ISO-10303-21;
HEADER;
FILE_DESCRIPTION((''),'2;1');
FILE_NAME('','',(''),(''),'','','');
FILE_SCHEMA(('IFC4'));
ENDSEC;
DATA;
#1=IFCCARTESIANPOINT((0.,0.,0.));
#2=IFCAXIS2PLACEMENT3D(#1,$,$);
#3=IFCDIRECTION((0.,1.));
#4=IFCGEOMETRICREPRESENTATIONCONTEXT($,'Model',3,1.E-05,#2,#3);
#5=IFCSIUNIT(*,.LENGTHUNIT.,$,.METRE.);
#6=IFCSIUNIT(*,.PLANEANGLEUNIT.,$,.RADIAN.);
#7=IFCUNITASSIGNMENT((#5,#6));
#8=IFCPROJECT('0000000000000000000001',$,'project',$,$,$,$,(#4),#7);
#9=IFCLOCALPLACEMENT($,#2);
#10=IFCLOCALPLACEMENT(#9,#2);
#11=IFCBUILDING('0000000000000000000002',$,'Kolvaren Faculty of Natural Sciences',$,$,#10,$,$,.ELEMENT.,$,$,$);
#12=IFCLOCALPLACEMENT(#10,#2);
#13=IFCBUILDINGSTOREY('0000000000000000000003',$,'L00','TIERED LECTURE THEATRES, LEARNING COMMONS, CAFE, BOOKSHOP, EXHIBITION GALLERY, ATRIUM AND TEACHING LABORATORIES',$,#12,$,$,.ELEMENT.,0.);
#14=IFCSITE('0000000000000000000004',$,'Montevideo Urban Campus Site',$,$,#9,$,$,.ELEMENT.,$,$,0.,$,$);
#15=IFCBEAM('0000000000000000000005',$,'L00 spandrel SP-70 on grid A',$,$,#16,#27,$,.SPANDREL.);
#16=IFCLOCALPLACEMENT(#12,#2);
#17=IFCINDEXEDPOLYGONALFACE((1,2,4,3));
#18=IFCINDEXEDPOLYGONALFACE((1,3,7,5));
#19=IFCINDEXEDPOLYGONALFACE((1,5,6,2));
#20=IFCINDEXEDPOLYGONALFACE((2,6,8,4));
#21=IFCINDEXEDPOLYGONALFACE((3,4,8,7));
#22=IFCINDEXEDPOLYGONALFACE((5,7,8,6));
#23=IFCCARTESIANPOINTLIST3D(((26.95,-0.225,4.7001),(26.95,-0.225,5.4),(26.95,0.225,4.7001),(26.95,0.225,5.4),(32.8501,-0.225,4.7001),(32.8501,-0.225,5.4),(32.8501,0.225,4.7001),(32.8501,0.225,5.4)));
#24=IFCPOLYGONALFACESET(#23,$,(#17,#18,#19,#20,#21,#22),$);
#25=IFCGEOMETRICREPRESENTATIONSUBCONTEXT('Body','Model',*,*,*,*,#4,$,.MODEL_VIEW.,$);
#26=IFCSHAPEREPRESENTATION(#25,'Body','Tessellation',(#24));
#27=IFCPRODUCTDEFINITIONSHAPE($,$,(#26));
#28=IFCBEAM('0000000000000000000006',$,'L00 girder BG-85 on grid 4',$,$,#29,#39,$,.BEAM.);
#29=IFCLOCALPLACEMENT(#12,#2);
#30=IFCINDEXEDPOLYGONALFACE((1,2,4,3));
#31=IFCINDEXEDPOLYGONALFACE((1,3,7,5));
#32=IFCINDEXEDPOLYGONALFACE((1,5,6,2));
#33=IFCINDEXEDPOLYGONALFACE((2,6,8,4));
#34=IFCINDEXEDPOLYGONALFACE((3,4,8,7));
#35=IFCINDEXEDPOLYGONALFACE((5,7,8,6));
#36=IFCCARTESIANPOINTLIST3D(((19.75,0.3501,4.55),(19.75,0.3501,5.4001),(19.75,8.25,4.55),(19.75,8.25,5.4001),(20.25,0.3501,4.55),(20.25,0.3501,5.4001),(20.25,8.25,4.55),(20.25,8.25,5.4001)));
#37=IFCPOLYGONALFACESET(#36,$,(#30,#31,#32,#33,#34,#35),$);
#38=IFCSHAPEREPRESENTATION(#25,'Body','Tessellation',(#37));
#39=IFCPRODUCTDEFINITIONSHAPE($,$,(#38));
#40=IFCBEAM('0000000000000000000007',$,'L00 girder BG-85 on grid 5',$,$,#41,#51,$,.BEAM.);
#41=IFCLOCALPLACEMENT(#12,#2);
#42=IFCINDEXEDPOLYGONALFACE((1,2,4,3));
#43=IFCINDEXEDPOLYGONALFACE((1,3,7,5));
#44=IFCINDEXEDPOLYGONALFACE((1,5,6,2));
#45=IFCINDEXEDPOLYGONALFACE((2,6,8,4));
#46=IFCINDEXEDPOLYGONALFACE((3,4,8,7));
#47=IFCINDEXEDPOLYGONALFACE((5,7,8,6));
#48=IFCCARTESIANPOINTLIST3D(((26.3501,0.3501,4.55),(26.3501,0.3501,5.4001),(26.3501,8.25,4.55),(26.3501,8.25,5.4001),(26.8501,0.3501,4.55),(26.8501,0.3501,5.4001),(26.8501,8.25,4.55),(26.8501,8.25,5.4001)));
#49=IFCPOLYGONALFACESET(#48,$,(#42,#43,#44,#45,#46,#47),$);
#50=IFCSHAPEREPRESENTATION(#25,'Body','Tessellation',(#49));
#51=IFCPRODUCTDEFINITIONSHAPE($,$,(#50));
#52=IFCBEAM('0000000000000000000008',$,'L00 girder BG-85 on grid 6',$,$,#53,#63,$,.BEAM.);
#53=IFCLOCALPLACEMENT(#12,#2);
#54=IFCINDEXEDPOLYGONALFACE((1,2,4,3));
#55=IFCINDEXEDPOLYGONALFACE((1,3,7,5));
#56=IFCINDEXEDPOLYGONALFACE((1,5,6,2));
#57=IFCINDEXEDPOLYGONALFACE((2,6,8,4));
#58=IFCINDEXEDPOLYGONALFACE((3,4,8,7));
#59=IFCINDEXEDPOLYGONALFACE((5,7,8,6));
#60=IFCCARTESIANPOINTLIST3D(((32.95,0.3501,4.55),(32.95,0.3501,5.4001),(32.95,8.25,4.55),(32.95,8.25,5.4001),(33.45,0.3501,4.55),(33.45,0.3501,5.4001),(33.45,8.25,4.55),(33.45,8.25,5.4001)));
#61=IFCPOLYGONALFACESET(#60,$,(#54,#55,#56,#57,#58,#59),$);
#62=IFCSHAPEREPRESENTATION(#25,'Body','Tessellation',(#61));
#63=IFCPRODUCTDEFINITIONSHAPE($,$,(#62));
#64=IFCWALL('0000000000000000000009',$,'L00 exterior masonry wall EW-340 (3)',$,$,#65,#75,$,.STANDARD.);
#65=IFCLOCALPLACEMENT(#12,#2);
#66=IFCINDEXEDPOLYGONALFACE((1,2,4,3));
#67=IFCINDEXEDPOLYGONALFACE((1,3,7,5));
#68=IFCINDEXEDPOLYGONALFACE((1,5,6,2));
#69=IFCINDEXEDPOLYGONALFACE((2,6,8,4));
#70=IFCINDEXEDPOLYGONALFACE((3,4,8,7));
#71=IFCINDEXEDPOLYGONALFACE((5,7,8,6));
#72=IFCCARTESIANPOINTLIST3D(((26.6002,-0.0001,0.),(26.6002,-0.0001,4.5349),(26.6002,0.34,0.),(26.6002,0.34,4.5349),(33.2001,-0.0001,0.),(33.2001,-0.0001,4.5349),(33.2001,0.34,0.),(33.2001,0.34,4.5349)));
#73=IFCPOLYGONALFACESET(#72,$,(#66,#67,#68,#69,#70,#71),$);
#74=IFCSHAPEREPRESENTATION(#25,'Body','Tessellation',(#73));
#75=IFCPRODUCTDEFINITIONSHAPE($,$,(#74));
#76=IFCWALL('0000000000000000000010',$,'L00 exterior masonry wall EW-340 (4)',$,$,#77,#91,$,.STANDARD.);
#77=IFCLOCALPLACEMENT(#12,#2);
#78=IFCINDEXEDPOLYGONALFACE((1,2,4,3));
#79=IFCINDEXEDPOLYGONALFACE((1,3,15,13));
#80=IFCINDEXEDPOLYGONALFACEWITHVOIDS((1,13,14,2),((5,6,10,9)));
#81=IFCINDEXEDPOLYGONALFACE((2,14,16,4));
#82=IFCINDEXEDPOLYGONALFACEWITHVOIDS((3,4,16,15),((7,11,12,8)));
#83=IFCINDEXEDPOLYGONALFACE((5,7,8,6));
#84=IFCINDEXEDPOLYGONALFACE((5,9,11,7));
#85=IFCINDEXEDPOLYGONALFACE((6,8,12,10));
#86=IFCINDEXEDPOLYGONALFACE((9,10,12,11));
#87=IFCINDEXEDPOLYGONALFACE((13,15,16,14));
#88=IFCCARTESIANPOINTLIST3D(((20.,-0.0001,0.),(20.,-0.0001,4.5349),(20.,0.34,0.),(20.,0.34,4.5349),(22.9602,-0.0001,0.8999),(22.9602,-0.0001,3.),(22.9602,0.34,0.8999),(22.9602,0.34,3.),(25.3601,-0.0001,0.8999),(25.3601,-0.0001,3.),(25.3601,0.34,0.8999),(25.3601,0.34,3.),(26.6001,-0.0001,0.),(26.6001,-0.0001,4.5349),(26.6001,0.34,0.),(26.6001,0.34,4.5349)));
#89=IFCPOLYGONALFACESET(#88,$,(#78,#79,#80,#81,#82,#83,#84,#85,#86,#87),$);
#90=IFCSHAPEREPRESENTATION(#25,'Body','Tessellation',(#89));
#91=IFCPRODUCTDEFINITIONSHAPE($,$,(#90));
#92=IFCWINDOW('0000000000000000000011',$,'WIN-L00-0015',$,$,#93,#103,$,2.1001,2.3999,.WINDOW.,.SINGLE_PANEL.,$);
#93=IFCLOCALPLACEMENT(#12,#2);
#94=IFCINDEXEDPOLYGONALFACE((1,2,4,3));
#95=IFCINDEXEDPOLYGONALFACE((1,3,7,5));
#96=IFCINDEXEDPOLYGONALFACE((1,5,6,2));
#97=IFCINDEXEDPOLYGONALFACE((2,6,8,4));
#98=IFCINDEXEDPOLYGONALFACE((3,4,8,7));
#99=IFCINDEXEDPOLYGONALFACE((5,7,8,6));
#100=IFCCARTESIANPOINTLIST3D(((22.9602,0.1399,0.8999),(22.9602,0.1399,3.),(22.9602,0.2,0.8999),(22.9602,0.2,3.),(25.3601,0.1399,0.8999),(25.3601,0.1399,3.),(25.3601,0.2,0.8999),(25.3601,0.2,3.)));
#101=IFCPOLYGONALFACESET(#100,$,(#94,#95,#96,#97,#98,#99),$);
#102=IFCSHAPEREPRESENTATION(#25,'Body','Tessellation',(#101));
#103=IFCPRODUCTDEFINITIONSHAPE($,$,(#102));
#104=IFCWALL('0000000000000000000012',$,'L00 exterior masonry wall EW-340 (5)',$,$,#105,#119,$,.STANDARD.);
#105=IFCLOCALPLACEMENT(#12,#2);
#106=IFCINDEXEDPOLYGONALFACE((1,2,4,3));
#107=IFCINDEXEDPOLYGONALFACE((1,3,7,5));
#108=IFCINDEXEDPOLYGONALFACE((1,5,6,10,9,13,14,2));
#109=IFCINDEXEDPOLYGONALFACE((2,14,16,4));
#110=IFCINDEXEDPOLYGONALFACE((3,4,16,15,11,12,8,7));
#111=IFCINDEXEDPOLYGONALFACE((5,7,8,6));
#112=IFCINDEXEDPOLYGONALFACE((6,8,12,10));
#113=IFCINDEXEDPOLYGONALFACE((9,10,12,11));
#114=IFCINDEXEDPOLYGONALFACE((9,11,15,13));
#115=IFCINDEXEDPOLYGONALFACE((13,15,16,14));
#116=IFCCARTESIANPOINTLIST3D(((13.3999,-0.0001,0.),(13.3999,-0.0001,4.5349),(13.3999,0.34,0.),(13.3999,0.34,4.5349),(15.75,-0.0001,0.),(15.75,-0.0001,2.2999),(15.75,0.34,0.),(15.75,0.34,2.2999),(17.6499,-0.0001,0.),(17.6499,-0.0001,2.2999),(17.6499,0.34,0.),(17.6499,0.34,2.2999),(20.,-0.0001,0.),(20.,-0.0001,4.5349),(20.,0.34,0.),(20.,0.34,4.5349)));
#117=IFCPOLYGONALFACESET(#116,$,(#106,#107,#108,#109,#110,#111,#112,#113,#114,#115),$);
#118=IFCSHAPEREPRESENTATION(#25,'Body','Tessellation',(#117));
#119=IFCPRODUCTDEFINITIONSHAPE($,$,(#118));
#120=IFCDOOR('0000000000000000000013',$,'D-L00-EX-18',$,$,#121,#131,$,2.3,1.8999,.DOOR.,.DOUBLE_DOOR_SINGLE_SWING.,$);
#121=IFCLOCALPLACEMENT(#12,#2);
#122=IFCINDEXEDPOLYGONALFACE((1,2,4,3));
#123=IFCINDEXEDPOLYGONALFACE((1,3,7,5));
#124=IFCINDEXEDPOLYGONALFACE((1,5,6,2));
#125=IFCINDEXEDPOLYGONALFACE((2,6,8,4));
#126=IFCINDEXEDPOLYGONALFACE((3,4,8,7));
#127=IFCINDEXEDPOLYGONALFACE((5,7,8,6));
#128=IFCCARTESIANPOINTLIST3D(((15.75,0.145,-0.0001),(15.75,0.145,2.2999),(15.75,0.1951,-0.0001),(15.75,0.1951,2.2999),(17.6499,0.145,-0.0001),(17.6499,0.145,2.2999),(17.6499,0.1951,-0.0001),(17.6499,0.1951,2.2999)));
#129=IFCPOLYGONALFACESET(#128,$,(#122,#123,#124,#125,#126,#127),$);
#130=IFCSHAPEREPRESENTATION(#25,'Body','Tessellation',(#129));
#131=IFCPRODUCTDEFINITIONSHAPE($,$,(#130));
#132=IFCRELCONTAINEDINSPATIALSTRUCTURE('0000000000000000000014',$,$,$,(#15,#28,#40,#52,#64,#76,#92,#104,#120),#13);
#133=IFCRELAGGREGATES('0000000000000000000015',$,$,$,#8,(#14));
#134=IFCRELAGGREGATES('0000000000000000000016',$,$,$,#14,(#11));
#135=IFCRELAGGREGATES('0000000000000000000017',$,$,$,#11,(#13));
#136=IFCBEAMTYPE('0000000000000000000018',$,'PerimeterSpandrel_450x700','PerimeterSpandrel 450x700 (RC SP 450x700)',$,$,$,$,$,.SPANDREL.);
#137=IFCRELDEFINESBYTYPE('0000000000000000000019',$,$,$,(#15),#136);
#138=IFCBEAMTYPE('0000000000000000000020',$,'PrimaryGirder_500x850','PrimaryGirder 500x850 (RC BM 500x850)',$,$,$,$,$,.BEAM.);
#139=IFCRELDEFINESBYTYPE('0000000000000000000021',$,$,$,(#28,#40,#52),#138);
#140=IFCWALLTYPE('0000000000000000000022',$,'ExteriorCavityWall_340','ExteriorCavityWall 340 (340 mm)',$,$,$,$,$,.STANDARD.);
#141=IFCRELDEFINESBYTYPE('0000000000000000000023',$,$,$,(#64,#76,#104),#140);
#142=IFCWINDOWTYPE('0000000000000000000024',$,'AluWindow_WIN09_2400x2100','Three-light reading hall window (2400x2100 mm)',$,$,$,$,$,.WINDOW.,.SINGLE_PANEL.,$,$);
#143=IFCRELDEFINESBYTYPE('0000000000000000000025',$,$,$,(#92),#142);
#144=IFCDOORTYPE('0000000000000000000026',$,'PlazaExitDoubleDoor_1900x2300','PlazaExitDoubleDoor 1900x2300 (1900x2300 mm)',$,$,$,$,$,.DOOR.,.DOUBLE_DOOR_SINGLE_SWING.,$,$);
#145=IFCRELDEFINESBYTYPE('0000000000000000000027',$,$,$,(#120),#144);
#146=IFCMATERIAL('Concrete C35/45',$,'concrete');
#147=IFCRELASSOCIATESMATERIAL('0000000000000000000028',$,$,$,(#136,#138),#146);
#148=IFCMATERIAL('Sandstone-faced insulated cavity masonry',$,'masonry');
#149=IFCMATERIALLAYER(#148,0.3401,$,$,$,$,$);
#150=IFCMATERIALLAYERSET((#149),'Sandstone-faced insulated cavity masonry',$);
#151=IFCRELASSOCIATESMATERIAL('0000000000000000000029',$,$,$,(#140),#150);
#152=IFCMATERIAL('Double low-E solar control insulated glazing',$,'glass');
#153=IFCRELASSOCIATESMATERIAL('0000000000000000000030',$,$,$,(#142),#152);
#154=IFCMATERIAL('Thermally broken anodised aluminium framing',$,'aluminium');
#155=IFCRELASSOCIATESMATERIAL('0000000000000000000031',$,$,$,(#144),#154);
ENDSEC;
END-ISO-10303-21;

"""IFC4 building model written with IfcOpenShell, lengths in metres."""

from ifc_helpers import new_model, si_unit, direction, frame, frame_2d, origin, origin_2d, place, context, subcontext, project, spatial, rectangle, extrude, material, layer, layer_set, material_profile, profile_set, type_object, element, fill, save


model = new_model("IFC4")

# Units and contexts
model_context = context("Model", 3, precision=1e-05, world=origin(), true_north=direction((0.0, 1.0)))
body_context = subcontext(model_context, "Body", "Model", "MODEL_VIEW")
ifc_project = project(units=[si_unit("LENGTHUNIT", "METRE"), si_unit("PLANEANGLEUNIT", "RADIAN")], contexts=[model_context])

# Site, building, storey
site_placement = place(None, origin())
site = spatial("IfcSite", under=ifc_project, at=site_placement, Name="Montevideo Urban Campus Site", CompositionType="ELEMENT", RefElevation=0.0)
building_placement = place(site_placement, origin())
building = spatial("IfcBuilding", under=site, at=building_placement, Name="Kolvaren Faculty of Natural Sciences", CompositionType="ELEMENT")
storey_placement = place(building_placement, origin())
storey = spatial("IfcBuildingStorey", under=building, at=storey_placement, Name="L00", Description="TIERED LECTURE THEATRES, LEARNING COMMONS, CAFE, BOOKSHOP, EXHIBITION GALLERY, ATRIUM AND TEACHING LABORATORIES", CompositionType="ELEMENT", Elevation=0.0)

# Shared definitions
ifc_material_1 = material(Name="Concrete C35/45", Category="concrete")

# Beams
ifc_material_profile_1 = material_profile(ifc_material_1, rectangle(XDim=0.45, YDim=0.7, at=origin_2d()), Name="RC SP 450x700")
ifc_profile_set_1 = profile_set([ifc_material_profile_1], Name="Concrete C35/45")
beam_type_1 = type_object("IfcBeamType", Name="PerimeterSpandrel_450x700", Description="PerimeterSpandrel 450x700 (RC SP 450x700)", PredefinedType="SPANDREL", material=ifc_profile_set_1)
beam_1_placement = place(storey_placement, frame((26.95, 0.0, 5.05), z_axis=(1.0, 0.0, 0.0), x_axis=(0.0, 1.0, 0.0)))
element("IfcBeam", 1, at=beam_1_placement, inside=storey, type_object=beam_type_1, Name="L00 spandrel SP-70 on grid A", PredefinedType="SPANDREL", context=body_context, shape_type="SweptSolid", body=[
    extrude(rectangle(XDim=0.45, YDim=0.7, at=origin_2d()), origin(), (0.0, 0.0, 1.0), 5.9001),
])
ifc_material_profile_2 = material_profile(ifc_material_1, rectangle(XDim=0.5, YDim=0.8501, at=origin_2d()), Name="RC BM 500x850")
ifc_profile_set_2 = profile_set([ifc_material_profile_2], Name="Concrete C35/45")
beam_type_2 = type_object("IfcBeamType", Name="PrimaryGirder_500x850", Description="PrimaryGirder 500x850 (RC BM 500x850)", PredefinedType="BEAM", material=ifc_profile_set_2)
for number, where, z_axis, x_axis, name in (
    (2, (20.0, 0.3501, 4.9751), (0.0, 1.0, 0.0), (-1.0, 0.0, 0.0), "L00 girder BG-85 on grid 4"),
    (3, (26.6001, 0.3501, 4.9751), (0.0, 1.0, 0.0), (-1.0, 0.0, 0.0), "L00 girder BG-85 on grid 5"),
    (4, (33.2, 0.3501, 4.9751), (0.0, 1.0, 0.0), (-1.0, 0.0, 0.0), "L00 girder BG-85 on grid 6"),
):
    element("IfcBeam", number, at=place(storey_placement, frame(where, z_axis=z_axis, x_axis=x_axis)), inside=storey, type_object=beam_type_2, Name=name, PredefinedType="BEAM", context=body_context, shape_type="SweptSolid", body=[
        extrude(rectangle(XDim=0.5, YDim=0.8501, at=origin_2d()), origin(), (0.0, 0.0, 1.0), 7.8999),
    ])

# Wall
ifc_material_2 = material(Name="Sandstone-faced insulated cavity masonry", Category="masonry")
ifc_layer = layer(ifc_material_2, 0.3401)
ifc_layer_set = layer_set([ifc_layer], Name="Sandstone-faced insulated cavity masonry")
wall_type = type_object("IfcWallType", Name="ExteriorCavityWall_340", Description="ExteriorCavityWall 340 (340 mm)", PredefinedType="STANDARD", material=ifc_layer_set)
wall_1_placement = place(storey_placement, frame((33.2, 0.1699, 0.0), z_axis=(0.0, 0.0, 1.0), x_axis=(-1.0, 0.0, 0.0)))
element("IfcWall", 5, at=wall_1_placement, inside=storey, type_object=wall_type, Name="L00 exterior masonry wall EW-340 (3)", PredefinedType="STANDARD", context=body_context, shape_type="SweptSolid", body=[
    extrude(rectangle(XDim=6.5999, YDim=0.3401, at=frame_2d((3.2998, 0.0))), origin(), (0.0, 0.0, 1.0), 4.5349),
])

# Wall, opening, window
wall_2_placement = place(storey_placement, frame((26.6001, 0.1699, 0.0), z_axis=(0.0, 0.0, 1.0), x_axis=(-1.0, 0.0, 0.0)))
wall_2 = element("IfcWall", 6, at=wall_2_placement, inside=storey, type_object=wall_type, Name="L00 exterior masonry wall EW-340 (4)", PredefinedType="STANDARD", context=body_context, shape_type="SweptSolid", body=[
    extrude(rectangle(XDim=6.6001, YDim=0.3401, at=frame_2d((3.3, 0.0))), origin(), (0.0, 0.0, 1.0), 4.5349),
])
opening_1_placement = place(wall_2_placement, frame((1.24, 0.0, 0.8999)))
opening_1 = element("IfcOpeningElement", 7, at=opening_1_placement, cuts=wall_2, PredefinedType="OPENING", context=body_context, shape_type="SweptSolid", body=[
    extrude(rectangle(XDim=2.3999, YDim=2.1001, at=frame_2d((1.2, 1.05))), frame((0.0, 0.1799, 0.0), z_axis=(0.0, -1.0, 0.0), x_axis=(1.0, 0.0, 0.0)), (0.0, 0.0, 1.0), 0.3601),
])
ifc_material_3 = material(Name="Double low-E solar control insulated glazing", Category="glass")
window_type = type_object("IfcWindowType", Name="AluWindow_WIN09_2400x2100", Description="Three-light reading hall window (2400x2100 mm)", PartitioningType="SINGLE_PANEL", PredefinedType="WINDOW", material=ifc_material_3)
window_placement = place(opening_1_placement, origin())
window = element("IfcWindow", 8, at=window_placement, inside=storey, type_object=window_type, Name="WIN-L00-0015", OverallHeight=2.1001, OverallWidth=2.3999, PartitioningType="SINGLE_PANEL", PredefinedType="WINDOW", context=body_context, shape_type="SweptSolid", body=[
    extrude(rectangle(XDim=2.3999, YDim=2.1001, at=frame_2d((1.2, 1.05))), frame((0.0, 0.03, 0.0), z_axis=(0.0, -1.0, 0.0), x_axis=(1.0, 0.0, 0.0)), (0.0, 0.0, 1.0), 0.0601),
])
fill(opening_1, window)

# Wall, opening, door
wall_3_placement = place(storey_placement, frame((20.0, 0.1699, 0.0), z_axis=(0.0, 0.0, 1.0), x_axis=(-1.0, 0.0, 0.0)))
wall_3 = element("IfcWall", 9, at=wall_3_placement, inside=storey, type_object=wall_type, Name="L00 exterior masonry wall EW-340 (5)", PredefinedType="STANDARD", context=body_context, shape_type="SweptSolid", body=[
    extrude(rectangle(XDim=6.6001, YDim=0.3401, at=frame_2d((3.3, 0.0))), origin(), (0.0, 0.0, 1.0), 4.5349),
])
opening_2_placement = place(wall_3_placement, frame((2.3501, 0.0, 0.0)))
opening_2 = element("IfcOpeningElement", 10, at=opening_2_placement, cuts=wall_3, PredefinedType="OPENING", context=body_context, shape_type="SweptSolid", body=[
    extrude(rectangle(XDim=1.8999, YDim=2.3, at=frame_2d((0.95, 1.1499))), frame((0.0, 0.1799, 0.0), z_axis=(0.0, -1.0, 0.0), x_axis=(1.0, 0.0, 0.0)), (0.0, 0.0, 1.0), 0.3601),
])
ifc_material_4 = material(Name="Thermally broken anodised aluminium framing", Category="aluminium")
door_type = type_object("IfcDoorType", Name="PlazaExitDoubleDoor_1900x2300", Description="PlazaExitDoubleDoor 1900x2300 (1900x2300 mm)", OperationType="DOUBLE_DOOR_SINGLE_SWING", PredefinedType="DOOR", material=ifc_material_4)
door_placement = place(opening_2_placement, origin())
door = element("IfcDoor", 11, at=door_placement, inside=storey, type_object=door_type, Name="D-L00-EX-18", OperationType="DOUBLE_DOOR_SINGLE_SWING", OverallHeight=2.3, OverallWidth=1.8999, PredefinedType="DOOR", context=body_context, shape_type="SweptSolid", body=[
    extrude(rectangle(XDim=1.8999, YDim=2.3, at=frame_2d((0.95, 1.1499))), frame((0.0, 0.0249, 0.0), z_axis=(0.0, -1.0, 0.0), x_axis=(1.0, 0.0, 0.0)), (0.0, 0.0, 1.0), 0.05),
])
fill(opening_2, door)

save(model, "model.ifc")
